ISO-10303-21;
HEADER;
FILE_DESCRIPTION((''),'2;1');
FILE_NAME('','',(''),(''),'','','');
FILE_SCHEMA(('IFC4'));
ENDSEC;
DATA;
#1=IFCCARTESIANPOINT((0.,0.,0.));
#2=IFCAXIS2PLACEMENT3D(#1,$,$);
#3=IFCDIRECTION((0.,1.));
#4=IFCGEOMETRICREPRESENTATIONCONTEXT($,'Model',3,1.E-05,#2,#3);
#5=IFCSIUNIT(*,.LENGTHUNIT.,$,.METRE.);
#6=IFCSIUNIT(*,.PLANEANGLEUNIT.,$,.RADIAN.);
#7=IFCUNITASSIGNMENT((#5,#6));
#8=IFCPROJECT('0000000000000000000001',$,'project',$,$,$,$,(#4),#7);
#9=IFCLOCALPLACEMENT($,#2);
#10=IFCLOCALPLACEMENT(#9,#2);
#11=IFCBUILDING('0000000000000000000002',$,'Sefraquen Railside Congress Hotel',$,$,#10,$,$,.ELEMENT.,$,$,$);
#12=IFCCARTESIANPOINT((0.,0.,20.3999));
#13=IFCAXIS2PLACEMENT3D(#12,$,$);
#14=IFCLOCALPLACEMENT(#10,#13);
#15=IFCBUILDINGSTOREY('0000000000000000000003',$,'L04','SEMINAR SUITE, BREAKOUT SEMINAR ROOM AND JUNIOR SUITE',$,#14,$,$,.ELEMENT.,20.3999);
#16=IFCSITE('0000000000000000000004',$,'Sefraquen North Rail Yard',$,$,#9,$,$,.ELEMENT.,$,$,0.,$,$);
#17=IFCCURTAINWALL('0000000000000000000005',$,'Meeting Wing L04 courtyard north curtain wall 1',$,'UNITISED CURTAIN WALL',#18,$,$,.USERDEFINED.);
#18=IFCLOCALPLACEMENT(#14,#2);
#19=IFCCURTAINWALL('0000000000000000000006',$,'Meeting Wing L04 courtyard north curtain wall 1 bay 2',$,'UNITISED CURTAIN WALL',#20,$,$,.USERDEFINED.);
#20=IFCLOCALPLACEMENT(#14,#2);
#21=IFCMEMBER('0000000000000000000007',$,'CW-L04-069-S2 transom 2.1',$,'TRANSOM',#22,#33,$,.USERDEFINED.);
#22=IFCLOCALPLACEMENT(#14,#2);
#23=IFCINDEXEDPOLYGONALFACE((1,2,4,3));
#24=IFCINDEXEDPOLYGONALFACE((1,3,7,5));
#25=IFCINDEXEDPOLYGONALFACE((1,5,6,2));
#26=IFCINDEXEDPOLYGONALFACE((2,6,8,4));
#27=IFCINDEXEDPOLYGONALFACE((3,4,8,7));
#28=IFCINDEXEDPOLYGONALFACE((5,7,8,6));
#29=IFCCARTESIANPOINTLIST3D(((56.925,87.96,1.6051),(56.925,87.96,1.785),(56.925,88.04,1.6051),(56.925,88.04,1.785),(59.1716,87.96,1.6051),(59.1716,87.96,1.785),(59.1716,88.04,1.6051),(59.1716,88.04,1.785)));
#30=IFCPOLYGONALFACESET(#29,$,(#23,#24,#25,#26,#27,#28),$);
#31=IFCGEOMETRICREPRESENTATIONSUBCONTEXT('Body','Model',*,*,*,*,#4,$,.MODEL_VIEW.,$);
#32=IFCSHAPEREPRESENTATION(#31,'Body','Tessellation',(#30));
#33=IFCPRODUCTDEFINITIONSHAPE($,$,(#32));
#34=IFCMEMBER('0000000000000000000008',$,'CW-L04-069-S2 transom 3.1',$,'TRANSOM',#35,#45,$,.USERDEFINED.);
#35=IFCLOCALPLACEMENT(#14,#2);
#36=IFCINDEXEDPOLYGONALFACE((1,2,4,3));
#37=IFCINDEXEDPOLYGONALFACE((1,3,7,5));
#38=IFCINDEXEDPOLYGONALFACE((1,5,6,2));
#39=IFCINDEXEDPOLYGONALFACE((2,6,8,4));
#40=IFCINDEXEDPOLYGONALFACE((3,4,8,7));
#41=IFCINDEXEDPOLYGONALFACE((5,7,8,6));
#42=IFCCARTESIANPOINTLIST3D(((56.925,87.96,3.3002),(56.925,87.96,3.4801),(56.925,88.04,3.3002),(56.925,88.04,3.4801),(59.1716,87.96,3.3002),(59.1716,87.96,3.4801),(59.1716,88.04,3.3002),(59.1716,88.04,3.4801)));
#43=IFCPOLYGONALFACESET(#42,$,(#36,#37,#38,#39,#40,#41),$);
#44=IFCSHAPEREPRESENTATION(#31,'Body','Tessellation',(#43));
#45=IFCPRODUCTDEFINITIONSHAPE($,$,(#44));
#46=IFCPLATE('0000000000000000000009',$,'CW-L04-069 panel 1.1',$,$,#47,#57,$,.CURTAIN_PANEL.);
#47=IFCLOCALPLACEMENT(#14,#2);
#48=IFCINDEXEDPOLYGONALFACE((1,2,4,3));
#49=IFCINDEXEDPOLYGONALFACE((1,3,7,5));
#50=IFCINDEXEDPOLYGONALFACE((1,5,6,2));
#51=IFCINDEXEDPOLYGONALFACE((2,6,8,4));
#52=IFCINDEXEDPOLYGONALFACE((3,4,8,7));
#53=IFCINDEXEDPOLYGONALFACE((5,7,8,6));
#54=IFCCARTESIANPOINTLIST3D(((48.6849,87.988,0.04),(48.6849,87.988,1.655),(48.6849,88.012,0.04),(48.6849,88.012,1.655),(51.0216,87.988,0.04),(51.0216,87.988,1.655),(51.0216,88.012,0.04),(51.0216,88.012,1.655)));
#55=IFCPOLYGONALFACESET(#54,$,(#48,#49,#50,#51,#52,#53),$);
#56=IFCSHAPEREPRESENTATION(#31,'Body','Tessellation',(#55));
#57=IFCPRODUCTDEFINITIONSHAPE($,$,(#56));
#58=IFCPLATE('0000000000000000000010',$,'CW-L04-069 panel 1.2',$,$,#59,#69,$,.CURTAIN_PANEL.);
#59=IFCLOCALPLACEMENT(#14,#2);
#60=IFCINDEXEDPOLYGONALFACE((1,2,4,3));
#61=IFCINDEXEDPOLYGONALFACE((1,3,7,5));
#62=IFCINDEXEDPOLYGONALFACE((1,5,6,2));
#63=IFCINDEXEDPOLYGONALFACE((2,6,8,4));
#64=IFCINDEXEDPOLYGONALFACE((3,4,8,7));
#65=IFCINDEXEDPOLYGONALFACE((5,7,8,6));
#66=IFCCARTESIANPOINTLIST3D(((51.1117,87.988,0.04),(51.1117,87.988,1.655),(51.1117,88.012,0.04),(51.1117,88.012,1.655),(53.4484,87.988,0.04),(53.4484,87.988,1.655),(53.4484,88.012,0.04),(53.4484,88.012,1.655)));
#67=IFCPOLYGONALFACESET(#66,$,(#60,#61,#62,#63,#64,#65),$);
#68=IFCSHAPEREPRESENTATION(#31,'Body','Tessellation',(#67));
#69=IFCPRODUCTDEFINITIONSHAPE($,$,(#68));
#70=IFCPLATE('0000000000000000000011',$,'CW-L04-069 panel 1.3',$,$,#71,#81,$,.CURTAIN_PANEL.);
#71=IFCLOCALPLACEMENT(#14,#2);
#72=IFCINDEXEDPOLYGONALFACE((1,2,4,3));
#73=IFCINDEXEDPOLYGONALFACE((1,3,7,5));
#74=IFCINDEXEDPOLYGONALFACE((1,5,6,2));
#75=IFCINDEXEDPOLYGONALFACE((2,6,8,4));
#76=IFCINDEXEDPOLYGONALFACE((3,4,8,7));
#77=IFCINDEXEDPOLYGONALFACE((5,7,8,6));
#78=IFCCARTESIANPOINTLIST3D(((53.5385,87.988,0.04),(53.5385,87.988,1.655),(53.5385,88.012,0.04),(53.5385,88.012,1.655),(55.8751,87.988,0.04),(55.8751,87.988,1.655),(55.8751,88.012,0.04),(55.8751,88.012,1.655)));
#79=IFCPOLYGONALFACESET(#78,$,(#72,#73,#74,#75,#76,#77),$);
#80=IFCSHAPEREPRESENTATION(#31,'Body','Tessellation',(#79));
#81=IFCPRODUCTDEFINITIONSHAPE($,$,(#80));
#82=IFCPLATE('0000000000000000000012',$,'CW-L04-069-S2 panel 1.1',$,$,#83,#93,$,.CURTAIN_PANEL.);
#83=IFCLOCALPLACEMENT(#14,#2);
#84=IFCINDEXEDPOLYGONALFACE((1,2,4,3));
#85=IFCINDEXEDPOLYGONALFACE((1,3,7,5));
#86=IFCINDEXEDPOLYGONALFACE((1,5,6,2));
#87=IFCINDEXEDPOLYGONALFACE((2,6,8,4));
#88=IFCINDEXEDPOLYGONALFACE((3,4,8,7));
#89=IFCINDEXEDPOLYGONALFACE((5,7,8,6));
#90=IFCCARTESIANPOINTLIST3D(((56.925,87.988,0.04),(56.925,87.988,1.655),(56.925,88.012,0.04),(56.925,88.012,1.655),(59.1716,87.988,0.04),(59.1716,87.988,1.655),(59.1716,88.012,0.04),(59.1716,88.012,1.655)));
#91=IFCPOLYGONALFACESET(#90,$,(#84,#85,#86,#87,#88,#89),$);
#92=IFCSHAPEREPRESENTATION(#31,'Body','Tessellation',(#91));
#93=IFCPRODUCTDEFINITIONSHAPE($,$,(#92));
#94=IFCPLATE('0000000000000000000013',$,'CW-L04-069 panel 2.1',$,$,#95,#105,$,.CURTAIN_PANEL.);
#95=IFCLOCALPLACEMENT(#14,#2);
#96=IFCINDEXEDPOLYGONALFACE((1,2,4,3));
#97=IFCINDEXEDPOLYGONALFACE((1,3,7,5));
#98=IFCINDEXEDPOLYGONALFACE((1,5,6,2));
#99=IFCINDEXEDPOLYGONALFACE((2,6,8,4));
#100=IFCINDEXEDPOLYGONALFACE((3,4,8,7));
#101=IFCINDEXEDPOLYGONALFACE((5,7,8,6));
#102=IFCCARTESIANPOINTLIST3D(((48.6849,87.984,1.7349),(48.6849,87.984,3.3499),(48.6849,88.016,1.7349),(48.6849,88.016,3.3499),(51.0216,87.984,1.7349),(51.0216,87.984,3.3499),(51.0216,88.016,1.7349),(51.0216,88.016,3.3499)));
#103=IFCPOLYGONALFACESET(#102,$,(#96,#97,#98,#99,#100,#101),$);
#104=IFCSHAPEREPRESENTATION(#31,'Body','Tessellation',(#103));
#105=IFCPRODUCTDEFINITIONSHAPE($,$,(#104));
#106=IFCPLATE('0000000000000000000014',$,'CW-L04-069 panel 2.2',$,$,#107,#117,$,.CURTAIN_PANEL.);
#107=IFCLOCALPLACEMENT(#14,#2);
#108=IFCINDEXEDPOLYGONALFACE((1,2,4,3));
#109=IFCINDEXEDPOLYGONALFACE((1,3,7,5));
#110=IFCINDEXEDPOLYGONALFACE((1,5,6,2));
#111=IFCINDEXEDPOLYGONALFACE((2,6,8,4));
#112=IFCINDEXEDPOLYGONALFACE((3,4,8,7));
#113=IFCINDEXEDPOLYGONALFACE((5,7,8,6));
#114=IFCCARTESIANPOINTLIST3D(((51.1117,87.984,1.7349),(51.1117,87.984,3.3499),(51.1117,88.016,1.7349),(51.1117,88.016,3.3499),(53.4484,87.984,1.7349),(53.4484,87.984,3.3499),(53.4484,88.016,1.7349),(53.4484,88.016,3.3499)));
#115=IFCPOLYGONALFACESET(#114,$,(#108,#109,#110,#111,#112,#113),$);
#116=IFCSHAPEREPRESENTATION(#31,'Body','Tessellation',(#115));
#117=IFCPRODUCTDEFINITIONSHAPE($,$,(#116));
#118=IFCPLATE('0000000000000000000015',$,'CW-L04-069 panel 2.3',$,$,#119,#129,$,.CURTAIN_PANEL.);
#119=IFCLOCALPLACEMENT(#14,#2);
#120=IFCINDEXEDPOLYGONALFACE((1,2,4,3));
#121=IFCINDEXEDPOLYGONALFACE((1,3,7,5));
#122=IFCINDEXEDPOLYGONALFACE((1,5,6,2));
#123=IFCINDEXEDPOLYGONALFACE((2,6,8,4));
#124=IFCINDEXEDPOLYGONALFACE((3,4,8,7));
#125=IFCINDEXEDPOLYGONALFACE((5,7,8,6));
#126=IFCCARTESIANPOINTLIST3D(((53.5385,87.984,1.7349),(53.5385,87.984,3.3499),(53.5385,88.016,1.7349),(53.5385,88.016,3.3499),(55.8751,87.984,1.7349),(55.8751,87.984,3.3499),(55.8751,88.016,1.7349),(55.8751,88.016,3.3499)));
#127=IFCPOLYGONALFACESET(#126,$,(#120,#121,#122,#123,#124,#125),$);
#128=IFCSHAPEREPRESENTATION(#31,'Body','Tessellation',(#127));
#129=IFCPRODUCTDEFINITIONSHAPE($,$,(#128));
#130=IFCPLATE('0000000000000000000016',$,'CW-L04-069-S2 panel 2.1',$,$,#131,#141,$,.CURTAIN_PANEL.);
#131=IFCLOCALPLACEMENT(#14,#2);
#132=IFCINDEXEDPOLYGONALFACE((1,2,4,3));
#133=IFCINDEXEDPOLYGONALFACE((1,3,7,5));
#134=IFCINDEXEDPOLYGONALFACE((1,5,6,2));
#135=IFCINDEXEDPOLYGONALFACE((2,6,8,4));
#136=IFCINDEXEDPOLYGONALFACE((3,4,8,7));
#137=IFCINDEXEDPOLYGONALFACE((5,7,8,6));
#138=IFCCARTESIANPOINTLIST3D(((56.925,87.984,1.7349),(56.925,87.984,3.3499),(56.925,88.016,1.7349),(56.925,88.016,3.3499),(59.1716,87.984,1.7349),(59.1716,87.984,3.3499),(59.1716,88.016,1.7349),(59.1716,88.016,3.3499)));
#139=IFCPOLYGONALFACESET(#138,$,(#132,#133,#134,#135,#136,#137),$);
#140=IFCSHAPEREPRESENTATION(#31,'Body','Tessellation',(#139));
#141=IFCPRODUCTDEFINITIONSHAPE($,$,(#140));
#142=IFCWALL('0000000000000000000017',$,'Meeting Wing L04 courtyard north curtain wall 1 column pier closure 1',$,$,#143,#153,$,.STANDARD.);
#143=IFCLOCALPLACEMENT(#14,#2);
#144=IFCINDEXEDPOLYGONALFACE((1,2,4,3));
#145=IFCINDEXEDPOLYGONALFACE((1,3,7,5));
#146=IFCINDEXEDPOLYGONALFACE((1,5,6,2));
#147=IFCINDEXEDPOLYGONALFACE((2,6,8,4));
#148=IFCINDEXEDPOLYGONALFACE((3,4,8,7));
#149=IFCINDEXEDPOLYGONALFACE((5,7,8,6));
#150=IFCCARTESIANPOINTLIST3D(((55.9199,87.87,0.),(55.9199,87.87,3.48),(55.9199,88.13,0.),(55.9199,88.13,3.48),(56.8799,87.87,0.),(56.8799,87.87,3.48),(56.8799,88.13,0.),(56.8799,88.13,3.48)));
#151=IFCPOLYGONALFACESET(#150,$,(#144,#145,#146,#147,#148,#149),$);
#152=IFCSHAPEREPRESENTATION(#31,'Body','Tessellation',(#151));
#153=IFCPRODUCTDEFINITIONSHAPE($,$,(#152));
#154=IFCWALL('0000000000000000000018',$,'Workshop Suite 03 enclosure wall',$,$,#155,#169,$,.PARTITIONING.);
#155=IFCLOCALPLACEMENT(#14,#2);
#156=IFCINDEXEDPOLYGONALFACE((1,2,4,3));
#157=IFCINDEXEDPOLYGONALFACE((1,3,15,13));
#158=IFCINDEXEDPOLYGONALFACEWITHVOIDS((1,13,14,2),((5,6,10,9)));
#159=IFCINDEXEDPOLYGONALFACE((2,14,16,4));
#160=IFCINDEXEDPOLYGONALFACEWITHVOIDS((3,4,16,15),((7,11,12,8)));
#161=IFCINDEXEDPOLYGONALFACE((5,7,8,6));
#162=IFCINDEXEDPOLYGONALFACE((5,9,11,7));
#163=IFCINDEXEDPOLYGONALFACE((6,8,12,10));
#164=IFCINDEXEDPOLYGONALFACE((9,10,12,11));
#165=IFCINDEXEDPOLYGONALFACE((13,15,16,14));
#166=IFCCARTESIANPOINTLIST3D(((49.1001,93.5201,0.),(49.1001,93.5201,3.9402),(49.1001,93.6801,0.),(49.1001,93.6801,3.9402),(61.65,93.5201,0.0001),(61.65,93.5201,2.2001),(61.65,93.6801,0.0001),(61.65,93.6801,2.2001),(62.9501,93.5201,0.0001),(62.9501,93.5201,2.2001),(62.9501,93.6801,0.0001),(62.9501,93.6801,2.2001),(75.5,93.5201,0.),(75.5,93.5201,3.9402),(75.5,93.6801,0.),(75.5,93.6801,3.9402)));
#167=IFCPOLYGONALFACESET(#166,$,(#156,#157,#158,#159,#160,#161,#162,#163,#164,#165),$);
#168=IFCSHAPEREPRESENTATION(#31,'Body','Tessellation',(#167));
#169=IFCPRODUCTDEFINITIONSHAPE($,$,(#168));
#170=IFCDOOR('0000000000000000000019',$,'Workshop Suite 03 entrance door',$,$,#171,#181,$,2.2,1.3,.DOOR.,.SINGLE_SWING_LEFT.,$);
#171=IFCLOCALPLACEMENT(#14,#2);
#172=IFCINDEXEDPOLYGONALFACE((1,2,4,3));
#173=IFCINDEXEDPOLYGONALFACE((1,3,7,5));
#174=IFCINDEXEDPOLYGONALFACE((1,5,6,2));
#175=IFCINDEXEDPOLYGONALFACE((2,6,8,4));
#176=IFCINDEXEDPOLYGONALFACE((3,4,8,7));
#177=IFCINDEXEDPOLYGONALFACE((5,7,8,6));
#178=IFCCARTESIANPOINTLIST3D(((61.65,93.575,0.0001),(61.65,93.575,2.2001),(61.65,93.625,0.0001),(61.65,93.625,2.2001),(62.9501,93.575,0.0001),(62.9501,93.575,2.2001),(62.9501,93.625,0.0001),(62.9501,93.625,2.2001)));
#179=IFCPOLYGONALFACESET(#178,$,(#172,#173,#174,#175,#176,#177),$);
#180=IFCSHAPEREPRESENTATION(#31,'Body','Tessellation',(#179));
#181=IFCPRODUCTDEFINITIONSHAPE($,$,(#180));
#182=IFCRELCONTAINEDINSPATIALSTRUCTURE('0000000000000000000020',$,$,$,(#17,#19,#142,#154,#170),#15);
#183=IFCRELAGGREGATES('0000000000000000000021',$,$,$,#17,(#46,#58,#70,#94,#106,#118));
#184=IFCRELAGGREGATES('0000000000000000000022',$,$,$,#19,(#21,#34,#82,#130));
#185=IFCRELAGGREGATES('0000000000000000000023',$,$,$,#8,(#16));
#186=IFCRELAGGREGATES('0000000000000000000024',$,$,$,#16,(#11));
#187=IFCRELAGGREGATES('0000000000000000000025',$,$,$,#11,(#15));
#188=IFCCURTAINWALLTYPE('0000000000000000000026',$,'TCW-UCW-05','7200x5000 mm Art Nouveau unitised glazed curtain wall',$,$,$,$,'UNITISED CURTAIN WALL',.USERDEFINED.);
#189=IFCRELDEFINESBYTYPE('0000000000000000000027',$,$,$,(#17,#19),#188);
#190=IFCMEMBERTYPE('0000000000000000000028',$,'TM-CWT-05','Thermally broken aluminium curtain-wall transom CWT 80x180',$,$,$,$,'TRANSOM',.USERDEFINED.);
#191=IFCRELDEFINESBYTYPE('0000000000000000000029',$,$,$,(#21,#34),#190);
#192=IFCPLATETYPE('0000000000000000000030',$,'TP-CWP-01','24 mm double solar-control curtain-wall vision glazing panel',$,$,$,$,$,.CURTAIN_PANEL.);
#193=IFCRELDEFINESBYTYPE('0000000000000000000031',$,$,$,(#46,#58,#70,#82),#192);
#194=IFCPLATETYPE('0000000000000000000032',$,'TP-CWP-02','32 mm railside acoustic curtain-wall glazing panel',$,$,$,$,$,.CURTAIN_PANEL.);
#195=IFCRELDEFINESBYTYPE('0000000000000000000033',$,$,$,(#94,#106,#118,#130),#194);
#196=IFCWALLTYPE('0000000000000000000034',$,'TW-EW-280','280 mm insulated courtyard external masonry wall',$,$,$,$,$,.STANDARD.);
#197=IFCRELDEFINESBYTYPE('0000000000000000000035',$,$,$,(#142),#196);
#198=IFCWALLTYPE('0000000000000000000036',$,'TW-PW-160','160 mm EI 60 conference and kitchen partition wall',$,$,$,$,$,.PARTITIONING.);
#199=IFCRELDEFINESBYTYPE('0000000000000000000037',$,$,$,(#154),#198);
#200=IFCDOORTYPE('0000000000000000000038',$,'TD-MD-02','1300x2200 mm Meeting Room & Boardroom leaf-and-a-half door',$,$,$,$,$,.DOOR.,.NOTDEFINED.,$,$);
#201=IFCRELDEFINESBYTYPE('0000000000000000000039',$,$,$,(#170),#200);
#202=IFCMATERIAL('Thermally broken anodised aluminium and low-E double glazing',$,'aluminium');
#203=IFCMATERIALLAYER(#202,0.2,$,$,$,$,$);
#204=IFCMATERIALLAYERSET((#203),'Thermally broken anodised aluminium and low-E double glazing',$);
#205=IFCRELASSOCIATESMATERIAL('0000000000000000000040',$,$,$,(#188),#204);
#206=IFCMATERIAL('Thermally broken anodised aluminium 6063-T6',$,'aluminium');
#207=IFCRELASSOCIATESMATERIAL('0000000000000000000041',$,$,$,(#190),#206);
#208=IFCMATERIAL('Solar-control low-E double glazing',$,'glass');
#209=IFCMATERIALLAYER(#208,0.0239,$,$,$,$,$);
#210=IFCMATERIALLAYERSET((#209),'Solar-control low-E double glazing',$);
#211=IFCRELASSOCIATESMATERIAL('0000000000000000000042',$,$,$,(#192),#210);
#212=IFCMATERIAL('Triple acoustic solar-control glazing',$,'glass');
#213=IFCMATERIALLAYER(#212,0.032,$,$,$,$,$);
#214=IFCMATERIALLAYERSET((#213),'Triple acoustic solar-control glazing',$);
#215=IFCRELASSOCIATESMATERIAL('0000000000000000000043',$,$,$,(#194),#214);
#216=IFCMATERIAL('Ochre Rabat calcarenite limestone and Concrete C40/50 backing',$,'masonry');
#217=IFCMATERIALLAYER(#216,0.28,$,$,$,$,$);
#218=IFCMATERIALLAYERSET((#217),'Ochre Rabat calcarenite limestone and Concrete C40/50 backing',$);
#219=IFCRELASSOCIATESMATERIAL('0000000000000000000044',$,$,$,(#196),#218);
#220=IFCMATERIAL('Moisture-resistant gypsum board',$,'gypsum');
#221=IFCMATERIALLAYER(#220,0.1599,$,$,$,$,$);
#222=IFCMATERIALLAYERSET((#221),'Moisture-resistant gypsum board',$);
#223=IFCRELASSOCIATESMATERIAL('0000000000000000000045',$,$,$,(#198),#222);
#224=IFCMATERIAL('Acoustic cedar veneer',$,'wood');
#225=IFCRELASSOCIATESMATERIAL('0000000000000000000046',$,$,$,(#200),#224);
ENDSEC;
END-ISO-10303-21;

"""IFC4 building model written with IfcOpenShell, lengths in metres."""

from ifc_helpers import new_model, si_unit, direction, frame, frame_2d, origin, origin_2d, place, context, subcontext, project, spatial, rectangle, extrude, material, layer, layer_set, material_profile, profile_set, type_object, element, fill, aggregate, save


model = new_model("IFC4")

# Units and contexts
model_context = context("Model", 3, precision=1e-05, world=origin(), true_north=direction((0.0, 1.0)))
body_context = subcontext(model_context, "Body", "Model", "MODEL_VIEW")
ifc_project = project(units=[si_unit("LENGTHUNIT", "METRE"), si_unit("PLANEANGLEUNIT", "RADIAN")], contexts=[model_context])

# Site, building, storey
site_placement = place(None, origin())
site = spatial("IfcSite", under=ifc_project, at=site_placement, Name="Sefraquen North Rail Yard", CompositionType="ELEMENT", RefElevation=0.0)
building_placement = place(site_placement, origin())
building = spatial("IfcBuilding", under=site, at=building_placement, Name="Sefraquen Railside Congress Hotel", CompositionType="ELEMENT")
storey_placement = place(building_placement, frame((0.0, 0.0, 20.3999)))
storey = spatial("IfcBuildingStorey", under=building, at=storey_placement, Name="L04", Description="SEMINAR SUITE, BREAKOUT SEMINAR ROOM AND JUNIOR SUITE", CompositionType="ELEMENT", Elevation=20.3999)

# Curtain wall
ifc_material_1 = material(Name="Thermally broken anodised aluminium and low-E double glazing", Category="aluminium")
ifc_layer_1 = layer(ifc_material_1, 0.2)
ifc_layer_set_1 = layer_set([ifc_layer_1], Name="Thermally broken anodised aluminium and low-E double glazing")
curtain_wall_type = type_object("IfcCurtainWallType", Name="TCW-UCW-05", Description="7200x5000 mm Art Nouveau unitised glazed curtain wall", ElementType="UNITISED CURTAIN WALL", PredefinedType="USERDEFINED", material=ifc_layer_set_1)
curtain_wall_1_placement = place(storey_placement, origin())
curtain_wall_1 = element("IfcCurtainWall", 1, at=curtain_wall_1_placement, inside=storey, type_object=curtain_wall_type, Name="Meeting Wing L04 courtyard north curtain wall 1", ObjectType="UNITISED CURTAIN WALL", PredefinedType="USERDEFINED")
ifc_material_2 = material(Name="Thermally broken anodised aluminium 6063-T6", Category="aluminium")

# Curtain wall
curtain_wall_2_placement = place(storey_placement, origin())
curtain_wall_2 = element("IfcCurtainWall", 2, at=curtain_wall_2_placement, inside=storey, type_object=curtain_wall_type, Name="Meeting Wing L04 courtyard north curtain wall 1 bay 2", ObjectType="UNITISED CURTAIN WALL", PredefinedType="USERDEFINED")

# Members
ifc_material_profile_1 = material_profile(ifc_material_2, rectangle(XDim=0.0801, YDim=0.1799, at=origin_2d()), Name="CWT 80x180")
ifc_profile_set_1 = profile_set([ifc_material_profile_1], Name="Thermally broken anodised aluminium 6063-T6")
member_type_1 = type_object("IfcMemberType", Name="TM-CWT-05", Description="Thermally broken aluminium curtain-wall transom CWT 80x180", ElementType="TRANSOM", PredefinedType="USERDEFINED", material=ifc_profile_set_1)
member_1_placement = place(storey_placement, frame((56.925, 88.0, 1.6951), z_axis=(1.0, 0.0, 0.0), x_axis=(0.0, 1.0, 0.0)))
member_1 = element("IfcMember", 3, at=member_1_placement, type_object=member_type_1, Name="CW-L04-069-S2 transom 2.1", ObjectType="TRANSOM", PredefinedType="USERDEFINED", context=body_context, shape_type="SweptSolid", body=[
    extrude(rectangle(XDim=0.0801, YDim=0.1799, at=origin_2d()), origin(), (0.0, 0.0, 1.0), 2.2466),
])
member_2_placement = place(storey_placement, frame((56.925, 88.0, 3.3901), z_axis=(1.0, 0.0, 0.0), x_axis=(0.0, 1.0, 0.0)))
member_2 = element("IfcMember", 4, at=member_2_placement, type_object=member_type_1, Name="CW-L04-069-S2 transom 3.1", ObjectType="TRANSOM", PredefinedType="USERDEFINED", context=body_context, shape_type="SweptSolid", body=[
    extrude(rectangle(XDim=0.0801, YDim=0.1799, at=origin_2d()), origin(), (0.0, 0.0, 1.0), 2.2466),
])

# Plates
ifc_material_3 = material(Name="Solar-control low-E double glazing", Category="glass")
ifc_layer_2 = layer(ifc_material_3, 0.0239)
ifc_layer_set_2 = layer_set([ifc_layer_2], Name="Solar-control low-E double glazing")
plate_type_1 = type_object("IfcPlateType", Name="TP-CWP-01", Description="24 mm double solar-control curtain-wall vision glazing panel", PredefinedType="CURTAIN_PANEL", material=ifc_layer_set_2)
plate_1_placement = place(storey_placement, frame((49.8533, 88.0, 0.04), z_axis=(0.0, 0.0, 1.0), x_axis=(1.0, 0.0, 0.0)))
plate_1 = element("IfcPlate", 5, at=plate_1_placement, type_object=plate_type_1, Name="CW-L04-069 panel 1.1", PredefinedType="CURTAIN_PANEL", context=body_context, shape_type="SweptSolid", body=[
    extrude(rectangle(XDim=2.3367, YDim=0.0239, at=origin_2d()), origin(), (0.0, 0.0, 1.0), 1.615),
])
plate_2_placement = place(storey_placement, frame((52.28, 88.0, 0.04), z_axis=(0.0, 0.0, 1.0), x_axis=(1.0, 0.0, 0.0)))
plate_2 = element("IfcPlate", 6, at=plate_2_placement, type_object=plate_type_1, Name="CW-L04-069 panel 1.2", PredefinedType="CURTAIN_PANEL", context=body_context, shape_type="SweptSolid", body=[
    extrude(rectangle(XDim=2.3367, YDim=0.0239, at=origin_2d()), origin(), (0.0, 0.0, 1.0), 1.615),
])
plate_3_placement = place(storey_placement, frame((54.7068, 88.0, 0.04), z_axis=(0.0, 0.0, 1.0), x_axis=(1.0, 0.0, 0.0)))
plate_3 = element("IfcPlate", 7, at=plate_3_placement, type_object=plate_type_1, Name="CW-L04-069 panel 1.3", PredefinedType="CURTAIN_PANEL", context=body_context, shape_type="SweptSolid", body=[
    extrude(rectangle(XDim=2.3367, YDim=0.0239, at=origin_2d()), origin(), (0.0, 0.0, 1.0), 1.615),
])
plate_4_placement = place(storey_placement, frame((58.0483, 88.0, 0.04), z_axis=(0.0, 0.0, 1.0), x_axis=(1.0, 0.0, 0.0)))
plate_4 = element("IfcPlate", 8, at=plate_4_placement, type_object=plate_type_1, Name="CW-L04-069-S2 panel 1.1", PredefinedType="CURTAIN_PANEL", context=body_context, shape_type="SweptSolid", body=[
    extrude(rectangle(XDim=2.2466, YDim=0.0239, at=origin_2d()), origin(), (0.0, 0.0, 1.0), 1.615),
])
ifc_material_4 = material(Name="Triple acoustic solar-control glazing", Category="glass")
ifc_layer_3 = layer(ifc_material_4, 0.032)
ifc_layer_set_3 = layer_set([ifc_layer_3], Name="Triple acoustic solar-control glazing")
plate_type_2 = type_object("IfcPlateType", Name="TP-CWP-02", Description="32 mm railside acoustic curtain-wall glazing panel", PredefinedType="CURTAIN_PANEL", material=ifc_layer_set_3)
plate_5_placement = place(storey_placement, frame((49.8533, 88.0, 1.7349), z_axis=(0.0, 0.0, 1.0), x_axis=(1.0, 0.0, 0.0)))
plate_5 = element("IfcPlate", 9, at=plate_5_placement, type_object=plate_type_2, Name="CW-L04-069 panel 2.1", PredefinedType="CURTAIN_PANEL", context=body_context, shape_type="SweptSolid", body=[
    extrude(rectangle(XDim=2.3367, YDim=0.032, at=origin_2d()), origin(), (0.0, 0.0, 1.0), 1.615),
])
plate_6_placement = place(storey_placement, frame((52.28, 88.0, 1.7349), z_axis=(0.0, 0.0, 1.0), x_axis=(1.0, 0.0, 0.0)))
plate_6 = element("IfcPlate", 10, at=plate_6_placement, type_object=plate_type_2, Name="CW-L04-069 panel 2.2", PredefinedType="CURTAIN_PANEL", context=body_context, shape_type="SweptSolid", body=[
    extrude(rectangle(XDim=2.3367, YDim=0.032, at=origin_2d()), origin(), (0.0, 0.0, 1.0), 1.615),
])
plate_7_placement = place(storey_placement, frame((54.7068, 88.0, 1.7349), z_axis=(0.0, 0.0, 1.0), x_axis=(1.0, 0.0, 0.0)))
plate_7 = element("IfcPlate", 11, at=plate_7_placement, type_object=plate_type_2, Name="CW-L04-069 panel 2.3", PredefinedType="CURTAIN_PANEL", context=body_context, shape_type="SweptSolid", body=[
    extrude(rectangle(XDim=2.3367, YDim=0.032, at=origin_2d()), origin(), (0.0, 0.0, 1.0), 1.615),
])
aggregate(curtain_wall_1, [plate_1, plate_2, plate_3, plate_5, plate_6, plate_7])
plate_8_placement = place(storey_placement, frame((58.0483, 88.0, 1.7349), z_axis=(0.0, 0.0, 1.0), x_axis=(1.0, 0.0, 0.0)))
plate_8 = element("IfcPlate", 12, at=plate_8_placement, type_object=plate_type_2, Name="CW-L04-069-S2 panel 2.1", PredefinedType="CURTAIN_PANEL", context=body_context, shape_type="SweptSolid", body=[
    extrude(rectangle(XDim=2.2466, YDim=0.032, at=origin_2d()), origin(), (0.0, 0.0, 1.0), 1.615),
])
aggregate(curtain_wall_2, [member_1, member_2, plate_4, plate_8])

# Wall
ifc_material_5 = material(Name="Ochre Rabat calcarenite limestone and Concrete C40/50 backing", Category="masonry")
ifc_layer_4 = layer(ifc_material_5, 0.28)
ifc_layer_set_4 = layer_set([ifc_layer_4], Name="Ochre Rabat calcarenite limestone and Concrete C40/50 backing")
wall_type_1 = type_object("IfcWallType", Name="TW-EW-280", Description="280 mm insulated courtyard external masonry wall", PredefinedType="STANDARD", material=ifc_layer_set_4)
wall_1_placement = place(storey_placement, frame((55.9199, 88.0, 0.0), z_axis=(0.0, 0.0, 1.0), x_axis=(1.0, 0.0, 0.0)))
element("IfcWall", 13, at=wall_1_placement, inside=storey, type_object=wall_type_1, Name="Meeting Wing L04 courtyard north curtain wall 1 column pier closure 1", PredefinedType="STANDARD", context=body_context, shape_type="SweptSolid", body=[
    extrude(rectangle(XDim=0.96, YDim=0.26, at=frame_2d((0.48, 0.0))), origin(), (0.0, 0.0, 1.0), 3.48),
])

# Wall, opening, door
ifc_material_6 = material(Name="Moisture-resistant gypsum board", Category="gypsum")
ifc_layer_5 = layer(ifc_material_6, 0.1599)
ifc_layer_set_5 = layer_set([ifc_layer_5], Name="Moisture-resistant gypsum board")
wall_type_2 = type_object("IfcWallType", Name="TW-PW-160", Description="160 mm EI 60 conference and kitchen partition wall", PredefinedType="PARTITIONING", material=ifc_layer_set_5)
wall_2_placement = place(storey_placement, frame((49.1001, 93.6001, 0.0), z_axis=(0.0, 0.0, 1.0), x_axis=(1.0, 0.0, 0.0)))
wall_2 = element("IfcWall", 14, at=wall_2_placement, inside=storey, type_object=wall_type_2, Name="Workshop Suite 03 enclosure wall", PredefinedType="PARTITIONING", context=body_context, shape_type="SweptSolid", body=[
    extrude(rectangle(XDim=26.3999, YDim=0.1599, at=frame_2d((13.2, 0.0))), origin(), (0.0, 0.0, 1.0), 3.9402),
])
opening_placement = place(wall_2_placement, frame((12.55, 0.0, 0.0)))
opening = element("IfcOpeningElement", 15, at=opening_placement, cuts=wall_2, PredefinedType="OPENING", context=body_context, shape_type="SweptSolid", body=[
    extrude(rectangle(XDim=1.3, YDim=2.2, at=frame_2d((0.6499, 1.1001))), frame((0.0, 0.0898, 0.0), z_axis=(0.0, -1.0, 0.0), x_axis=(1.0, 0.0, 0.0)), (0.0, 0.0, 1.0), 0.1799),
])
ifc_material_7 = material(Name="Acoustic cedar veneer", Category="wood")
door_type = type_object("IfcDoorType", Name="TD-MD-02", Description="1300x2200 mm Meeting Room & Boardroom leaf-and-a-half door", OperationType="NOTDEFINED", PredefinedType="DOOR", material=ifc_material_7)
door_placement = place(opening_placement, origin())
door = element("IfcDoor", 16, at=door_placement, inside=storey, type_object=door_type, Name="Workshop Suite 03 entrance door", OperationType="SINGLE_SWING_LEFT", OverallHeight=2.2, OverallWidth=1.3, PredefinedType="DOOR", context=body_context, shape_type="SweptSolid", body=[
    extrude(rectangle(XDim=1.3, YDim=2.2, at=frame_2d((0.6499, 1.1001))), frame((0.0, 0.0249, 0.0), z_axis=(0.0, -1.0, 0.0), x_axis=(1.0, 0.0, 0.0)), (0.0, 0.0, 1.0), 0.05),
])
fill(opening, door)

save(model, "model.ifc")
